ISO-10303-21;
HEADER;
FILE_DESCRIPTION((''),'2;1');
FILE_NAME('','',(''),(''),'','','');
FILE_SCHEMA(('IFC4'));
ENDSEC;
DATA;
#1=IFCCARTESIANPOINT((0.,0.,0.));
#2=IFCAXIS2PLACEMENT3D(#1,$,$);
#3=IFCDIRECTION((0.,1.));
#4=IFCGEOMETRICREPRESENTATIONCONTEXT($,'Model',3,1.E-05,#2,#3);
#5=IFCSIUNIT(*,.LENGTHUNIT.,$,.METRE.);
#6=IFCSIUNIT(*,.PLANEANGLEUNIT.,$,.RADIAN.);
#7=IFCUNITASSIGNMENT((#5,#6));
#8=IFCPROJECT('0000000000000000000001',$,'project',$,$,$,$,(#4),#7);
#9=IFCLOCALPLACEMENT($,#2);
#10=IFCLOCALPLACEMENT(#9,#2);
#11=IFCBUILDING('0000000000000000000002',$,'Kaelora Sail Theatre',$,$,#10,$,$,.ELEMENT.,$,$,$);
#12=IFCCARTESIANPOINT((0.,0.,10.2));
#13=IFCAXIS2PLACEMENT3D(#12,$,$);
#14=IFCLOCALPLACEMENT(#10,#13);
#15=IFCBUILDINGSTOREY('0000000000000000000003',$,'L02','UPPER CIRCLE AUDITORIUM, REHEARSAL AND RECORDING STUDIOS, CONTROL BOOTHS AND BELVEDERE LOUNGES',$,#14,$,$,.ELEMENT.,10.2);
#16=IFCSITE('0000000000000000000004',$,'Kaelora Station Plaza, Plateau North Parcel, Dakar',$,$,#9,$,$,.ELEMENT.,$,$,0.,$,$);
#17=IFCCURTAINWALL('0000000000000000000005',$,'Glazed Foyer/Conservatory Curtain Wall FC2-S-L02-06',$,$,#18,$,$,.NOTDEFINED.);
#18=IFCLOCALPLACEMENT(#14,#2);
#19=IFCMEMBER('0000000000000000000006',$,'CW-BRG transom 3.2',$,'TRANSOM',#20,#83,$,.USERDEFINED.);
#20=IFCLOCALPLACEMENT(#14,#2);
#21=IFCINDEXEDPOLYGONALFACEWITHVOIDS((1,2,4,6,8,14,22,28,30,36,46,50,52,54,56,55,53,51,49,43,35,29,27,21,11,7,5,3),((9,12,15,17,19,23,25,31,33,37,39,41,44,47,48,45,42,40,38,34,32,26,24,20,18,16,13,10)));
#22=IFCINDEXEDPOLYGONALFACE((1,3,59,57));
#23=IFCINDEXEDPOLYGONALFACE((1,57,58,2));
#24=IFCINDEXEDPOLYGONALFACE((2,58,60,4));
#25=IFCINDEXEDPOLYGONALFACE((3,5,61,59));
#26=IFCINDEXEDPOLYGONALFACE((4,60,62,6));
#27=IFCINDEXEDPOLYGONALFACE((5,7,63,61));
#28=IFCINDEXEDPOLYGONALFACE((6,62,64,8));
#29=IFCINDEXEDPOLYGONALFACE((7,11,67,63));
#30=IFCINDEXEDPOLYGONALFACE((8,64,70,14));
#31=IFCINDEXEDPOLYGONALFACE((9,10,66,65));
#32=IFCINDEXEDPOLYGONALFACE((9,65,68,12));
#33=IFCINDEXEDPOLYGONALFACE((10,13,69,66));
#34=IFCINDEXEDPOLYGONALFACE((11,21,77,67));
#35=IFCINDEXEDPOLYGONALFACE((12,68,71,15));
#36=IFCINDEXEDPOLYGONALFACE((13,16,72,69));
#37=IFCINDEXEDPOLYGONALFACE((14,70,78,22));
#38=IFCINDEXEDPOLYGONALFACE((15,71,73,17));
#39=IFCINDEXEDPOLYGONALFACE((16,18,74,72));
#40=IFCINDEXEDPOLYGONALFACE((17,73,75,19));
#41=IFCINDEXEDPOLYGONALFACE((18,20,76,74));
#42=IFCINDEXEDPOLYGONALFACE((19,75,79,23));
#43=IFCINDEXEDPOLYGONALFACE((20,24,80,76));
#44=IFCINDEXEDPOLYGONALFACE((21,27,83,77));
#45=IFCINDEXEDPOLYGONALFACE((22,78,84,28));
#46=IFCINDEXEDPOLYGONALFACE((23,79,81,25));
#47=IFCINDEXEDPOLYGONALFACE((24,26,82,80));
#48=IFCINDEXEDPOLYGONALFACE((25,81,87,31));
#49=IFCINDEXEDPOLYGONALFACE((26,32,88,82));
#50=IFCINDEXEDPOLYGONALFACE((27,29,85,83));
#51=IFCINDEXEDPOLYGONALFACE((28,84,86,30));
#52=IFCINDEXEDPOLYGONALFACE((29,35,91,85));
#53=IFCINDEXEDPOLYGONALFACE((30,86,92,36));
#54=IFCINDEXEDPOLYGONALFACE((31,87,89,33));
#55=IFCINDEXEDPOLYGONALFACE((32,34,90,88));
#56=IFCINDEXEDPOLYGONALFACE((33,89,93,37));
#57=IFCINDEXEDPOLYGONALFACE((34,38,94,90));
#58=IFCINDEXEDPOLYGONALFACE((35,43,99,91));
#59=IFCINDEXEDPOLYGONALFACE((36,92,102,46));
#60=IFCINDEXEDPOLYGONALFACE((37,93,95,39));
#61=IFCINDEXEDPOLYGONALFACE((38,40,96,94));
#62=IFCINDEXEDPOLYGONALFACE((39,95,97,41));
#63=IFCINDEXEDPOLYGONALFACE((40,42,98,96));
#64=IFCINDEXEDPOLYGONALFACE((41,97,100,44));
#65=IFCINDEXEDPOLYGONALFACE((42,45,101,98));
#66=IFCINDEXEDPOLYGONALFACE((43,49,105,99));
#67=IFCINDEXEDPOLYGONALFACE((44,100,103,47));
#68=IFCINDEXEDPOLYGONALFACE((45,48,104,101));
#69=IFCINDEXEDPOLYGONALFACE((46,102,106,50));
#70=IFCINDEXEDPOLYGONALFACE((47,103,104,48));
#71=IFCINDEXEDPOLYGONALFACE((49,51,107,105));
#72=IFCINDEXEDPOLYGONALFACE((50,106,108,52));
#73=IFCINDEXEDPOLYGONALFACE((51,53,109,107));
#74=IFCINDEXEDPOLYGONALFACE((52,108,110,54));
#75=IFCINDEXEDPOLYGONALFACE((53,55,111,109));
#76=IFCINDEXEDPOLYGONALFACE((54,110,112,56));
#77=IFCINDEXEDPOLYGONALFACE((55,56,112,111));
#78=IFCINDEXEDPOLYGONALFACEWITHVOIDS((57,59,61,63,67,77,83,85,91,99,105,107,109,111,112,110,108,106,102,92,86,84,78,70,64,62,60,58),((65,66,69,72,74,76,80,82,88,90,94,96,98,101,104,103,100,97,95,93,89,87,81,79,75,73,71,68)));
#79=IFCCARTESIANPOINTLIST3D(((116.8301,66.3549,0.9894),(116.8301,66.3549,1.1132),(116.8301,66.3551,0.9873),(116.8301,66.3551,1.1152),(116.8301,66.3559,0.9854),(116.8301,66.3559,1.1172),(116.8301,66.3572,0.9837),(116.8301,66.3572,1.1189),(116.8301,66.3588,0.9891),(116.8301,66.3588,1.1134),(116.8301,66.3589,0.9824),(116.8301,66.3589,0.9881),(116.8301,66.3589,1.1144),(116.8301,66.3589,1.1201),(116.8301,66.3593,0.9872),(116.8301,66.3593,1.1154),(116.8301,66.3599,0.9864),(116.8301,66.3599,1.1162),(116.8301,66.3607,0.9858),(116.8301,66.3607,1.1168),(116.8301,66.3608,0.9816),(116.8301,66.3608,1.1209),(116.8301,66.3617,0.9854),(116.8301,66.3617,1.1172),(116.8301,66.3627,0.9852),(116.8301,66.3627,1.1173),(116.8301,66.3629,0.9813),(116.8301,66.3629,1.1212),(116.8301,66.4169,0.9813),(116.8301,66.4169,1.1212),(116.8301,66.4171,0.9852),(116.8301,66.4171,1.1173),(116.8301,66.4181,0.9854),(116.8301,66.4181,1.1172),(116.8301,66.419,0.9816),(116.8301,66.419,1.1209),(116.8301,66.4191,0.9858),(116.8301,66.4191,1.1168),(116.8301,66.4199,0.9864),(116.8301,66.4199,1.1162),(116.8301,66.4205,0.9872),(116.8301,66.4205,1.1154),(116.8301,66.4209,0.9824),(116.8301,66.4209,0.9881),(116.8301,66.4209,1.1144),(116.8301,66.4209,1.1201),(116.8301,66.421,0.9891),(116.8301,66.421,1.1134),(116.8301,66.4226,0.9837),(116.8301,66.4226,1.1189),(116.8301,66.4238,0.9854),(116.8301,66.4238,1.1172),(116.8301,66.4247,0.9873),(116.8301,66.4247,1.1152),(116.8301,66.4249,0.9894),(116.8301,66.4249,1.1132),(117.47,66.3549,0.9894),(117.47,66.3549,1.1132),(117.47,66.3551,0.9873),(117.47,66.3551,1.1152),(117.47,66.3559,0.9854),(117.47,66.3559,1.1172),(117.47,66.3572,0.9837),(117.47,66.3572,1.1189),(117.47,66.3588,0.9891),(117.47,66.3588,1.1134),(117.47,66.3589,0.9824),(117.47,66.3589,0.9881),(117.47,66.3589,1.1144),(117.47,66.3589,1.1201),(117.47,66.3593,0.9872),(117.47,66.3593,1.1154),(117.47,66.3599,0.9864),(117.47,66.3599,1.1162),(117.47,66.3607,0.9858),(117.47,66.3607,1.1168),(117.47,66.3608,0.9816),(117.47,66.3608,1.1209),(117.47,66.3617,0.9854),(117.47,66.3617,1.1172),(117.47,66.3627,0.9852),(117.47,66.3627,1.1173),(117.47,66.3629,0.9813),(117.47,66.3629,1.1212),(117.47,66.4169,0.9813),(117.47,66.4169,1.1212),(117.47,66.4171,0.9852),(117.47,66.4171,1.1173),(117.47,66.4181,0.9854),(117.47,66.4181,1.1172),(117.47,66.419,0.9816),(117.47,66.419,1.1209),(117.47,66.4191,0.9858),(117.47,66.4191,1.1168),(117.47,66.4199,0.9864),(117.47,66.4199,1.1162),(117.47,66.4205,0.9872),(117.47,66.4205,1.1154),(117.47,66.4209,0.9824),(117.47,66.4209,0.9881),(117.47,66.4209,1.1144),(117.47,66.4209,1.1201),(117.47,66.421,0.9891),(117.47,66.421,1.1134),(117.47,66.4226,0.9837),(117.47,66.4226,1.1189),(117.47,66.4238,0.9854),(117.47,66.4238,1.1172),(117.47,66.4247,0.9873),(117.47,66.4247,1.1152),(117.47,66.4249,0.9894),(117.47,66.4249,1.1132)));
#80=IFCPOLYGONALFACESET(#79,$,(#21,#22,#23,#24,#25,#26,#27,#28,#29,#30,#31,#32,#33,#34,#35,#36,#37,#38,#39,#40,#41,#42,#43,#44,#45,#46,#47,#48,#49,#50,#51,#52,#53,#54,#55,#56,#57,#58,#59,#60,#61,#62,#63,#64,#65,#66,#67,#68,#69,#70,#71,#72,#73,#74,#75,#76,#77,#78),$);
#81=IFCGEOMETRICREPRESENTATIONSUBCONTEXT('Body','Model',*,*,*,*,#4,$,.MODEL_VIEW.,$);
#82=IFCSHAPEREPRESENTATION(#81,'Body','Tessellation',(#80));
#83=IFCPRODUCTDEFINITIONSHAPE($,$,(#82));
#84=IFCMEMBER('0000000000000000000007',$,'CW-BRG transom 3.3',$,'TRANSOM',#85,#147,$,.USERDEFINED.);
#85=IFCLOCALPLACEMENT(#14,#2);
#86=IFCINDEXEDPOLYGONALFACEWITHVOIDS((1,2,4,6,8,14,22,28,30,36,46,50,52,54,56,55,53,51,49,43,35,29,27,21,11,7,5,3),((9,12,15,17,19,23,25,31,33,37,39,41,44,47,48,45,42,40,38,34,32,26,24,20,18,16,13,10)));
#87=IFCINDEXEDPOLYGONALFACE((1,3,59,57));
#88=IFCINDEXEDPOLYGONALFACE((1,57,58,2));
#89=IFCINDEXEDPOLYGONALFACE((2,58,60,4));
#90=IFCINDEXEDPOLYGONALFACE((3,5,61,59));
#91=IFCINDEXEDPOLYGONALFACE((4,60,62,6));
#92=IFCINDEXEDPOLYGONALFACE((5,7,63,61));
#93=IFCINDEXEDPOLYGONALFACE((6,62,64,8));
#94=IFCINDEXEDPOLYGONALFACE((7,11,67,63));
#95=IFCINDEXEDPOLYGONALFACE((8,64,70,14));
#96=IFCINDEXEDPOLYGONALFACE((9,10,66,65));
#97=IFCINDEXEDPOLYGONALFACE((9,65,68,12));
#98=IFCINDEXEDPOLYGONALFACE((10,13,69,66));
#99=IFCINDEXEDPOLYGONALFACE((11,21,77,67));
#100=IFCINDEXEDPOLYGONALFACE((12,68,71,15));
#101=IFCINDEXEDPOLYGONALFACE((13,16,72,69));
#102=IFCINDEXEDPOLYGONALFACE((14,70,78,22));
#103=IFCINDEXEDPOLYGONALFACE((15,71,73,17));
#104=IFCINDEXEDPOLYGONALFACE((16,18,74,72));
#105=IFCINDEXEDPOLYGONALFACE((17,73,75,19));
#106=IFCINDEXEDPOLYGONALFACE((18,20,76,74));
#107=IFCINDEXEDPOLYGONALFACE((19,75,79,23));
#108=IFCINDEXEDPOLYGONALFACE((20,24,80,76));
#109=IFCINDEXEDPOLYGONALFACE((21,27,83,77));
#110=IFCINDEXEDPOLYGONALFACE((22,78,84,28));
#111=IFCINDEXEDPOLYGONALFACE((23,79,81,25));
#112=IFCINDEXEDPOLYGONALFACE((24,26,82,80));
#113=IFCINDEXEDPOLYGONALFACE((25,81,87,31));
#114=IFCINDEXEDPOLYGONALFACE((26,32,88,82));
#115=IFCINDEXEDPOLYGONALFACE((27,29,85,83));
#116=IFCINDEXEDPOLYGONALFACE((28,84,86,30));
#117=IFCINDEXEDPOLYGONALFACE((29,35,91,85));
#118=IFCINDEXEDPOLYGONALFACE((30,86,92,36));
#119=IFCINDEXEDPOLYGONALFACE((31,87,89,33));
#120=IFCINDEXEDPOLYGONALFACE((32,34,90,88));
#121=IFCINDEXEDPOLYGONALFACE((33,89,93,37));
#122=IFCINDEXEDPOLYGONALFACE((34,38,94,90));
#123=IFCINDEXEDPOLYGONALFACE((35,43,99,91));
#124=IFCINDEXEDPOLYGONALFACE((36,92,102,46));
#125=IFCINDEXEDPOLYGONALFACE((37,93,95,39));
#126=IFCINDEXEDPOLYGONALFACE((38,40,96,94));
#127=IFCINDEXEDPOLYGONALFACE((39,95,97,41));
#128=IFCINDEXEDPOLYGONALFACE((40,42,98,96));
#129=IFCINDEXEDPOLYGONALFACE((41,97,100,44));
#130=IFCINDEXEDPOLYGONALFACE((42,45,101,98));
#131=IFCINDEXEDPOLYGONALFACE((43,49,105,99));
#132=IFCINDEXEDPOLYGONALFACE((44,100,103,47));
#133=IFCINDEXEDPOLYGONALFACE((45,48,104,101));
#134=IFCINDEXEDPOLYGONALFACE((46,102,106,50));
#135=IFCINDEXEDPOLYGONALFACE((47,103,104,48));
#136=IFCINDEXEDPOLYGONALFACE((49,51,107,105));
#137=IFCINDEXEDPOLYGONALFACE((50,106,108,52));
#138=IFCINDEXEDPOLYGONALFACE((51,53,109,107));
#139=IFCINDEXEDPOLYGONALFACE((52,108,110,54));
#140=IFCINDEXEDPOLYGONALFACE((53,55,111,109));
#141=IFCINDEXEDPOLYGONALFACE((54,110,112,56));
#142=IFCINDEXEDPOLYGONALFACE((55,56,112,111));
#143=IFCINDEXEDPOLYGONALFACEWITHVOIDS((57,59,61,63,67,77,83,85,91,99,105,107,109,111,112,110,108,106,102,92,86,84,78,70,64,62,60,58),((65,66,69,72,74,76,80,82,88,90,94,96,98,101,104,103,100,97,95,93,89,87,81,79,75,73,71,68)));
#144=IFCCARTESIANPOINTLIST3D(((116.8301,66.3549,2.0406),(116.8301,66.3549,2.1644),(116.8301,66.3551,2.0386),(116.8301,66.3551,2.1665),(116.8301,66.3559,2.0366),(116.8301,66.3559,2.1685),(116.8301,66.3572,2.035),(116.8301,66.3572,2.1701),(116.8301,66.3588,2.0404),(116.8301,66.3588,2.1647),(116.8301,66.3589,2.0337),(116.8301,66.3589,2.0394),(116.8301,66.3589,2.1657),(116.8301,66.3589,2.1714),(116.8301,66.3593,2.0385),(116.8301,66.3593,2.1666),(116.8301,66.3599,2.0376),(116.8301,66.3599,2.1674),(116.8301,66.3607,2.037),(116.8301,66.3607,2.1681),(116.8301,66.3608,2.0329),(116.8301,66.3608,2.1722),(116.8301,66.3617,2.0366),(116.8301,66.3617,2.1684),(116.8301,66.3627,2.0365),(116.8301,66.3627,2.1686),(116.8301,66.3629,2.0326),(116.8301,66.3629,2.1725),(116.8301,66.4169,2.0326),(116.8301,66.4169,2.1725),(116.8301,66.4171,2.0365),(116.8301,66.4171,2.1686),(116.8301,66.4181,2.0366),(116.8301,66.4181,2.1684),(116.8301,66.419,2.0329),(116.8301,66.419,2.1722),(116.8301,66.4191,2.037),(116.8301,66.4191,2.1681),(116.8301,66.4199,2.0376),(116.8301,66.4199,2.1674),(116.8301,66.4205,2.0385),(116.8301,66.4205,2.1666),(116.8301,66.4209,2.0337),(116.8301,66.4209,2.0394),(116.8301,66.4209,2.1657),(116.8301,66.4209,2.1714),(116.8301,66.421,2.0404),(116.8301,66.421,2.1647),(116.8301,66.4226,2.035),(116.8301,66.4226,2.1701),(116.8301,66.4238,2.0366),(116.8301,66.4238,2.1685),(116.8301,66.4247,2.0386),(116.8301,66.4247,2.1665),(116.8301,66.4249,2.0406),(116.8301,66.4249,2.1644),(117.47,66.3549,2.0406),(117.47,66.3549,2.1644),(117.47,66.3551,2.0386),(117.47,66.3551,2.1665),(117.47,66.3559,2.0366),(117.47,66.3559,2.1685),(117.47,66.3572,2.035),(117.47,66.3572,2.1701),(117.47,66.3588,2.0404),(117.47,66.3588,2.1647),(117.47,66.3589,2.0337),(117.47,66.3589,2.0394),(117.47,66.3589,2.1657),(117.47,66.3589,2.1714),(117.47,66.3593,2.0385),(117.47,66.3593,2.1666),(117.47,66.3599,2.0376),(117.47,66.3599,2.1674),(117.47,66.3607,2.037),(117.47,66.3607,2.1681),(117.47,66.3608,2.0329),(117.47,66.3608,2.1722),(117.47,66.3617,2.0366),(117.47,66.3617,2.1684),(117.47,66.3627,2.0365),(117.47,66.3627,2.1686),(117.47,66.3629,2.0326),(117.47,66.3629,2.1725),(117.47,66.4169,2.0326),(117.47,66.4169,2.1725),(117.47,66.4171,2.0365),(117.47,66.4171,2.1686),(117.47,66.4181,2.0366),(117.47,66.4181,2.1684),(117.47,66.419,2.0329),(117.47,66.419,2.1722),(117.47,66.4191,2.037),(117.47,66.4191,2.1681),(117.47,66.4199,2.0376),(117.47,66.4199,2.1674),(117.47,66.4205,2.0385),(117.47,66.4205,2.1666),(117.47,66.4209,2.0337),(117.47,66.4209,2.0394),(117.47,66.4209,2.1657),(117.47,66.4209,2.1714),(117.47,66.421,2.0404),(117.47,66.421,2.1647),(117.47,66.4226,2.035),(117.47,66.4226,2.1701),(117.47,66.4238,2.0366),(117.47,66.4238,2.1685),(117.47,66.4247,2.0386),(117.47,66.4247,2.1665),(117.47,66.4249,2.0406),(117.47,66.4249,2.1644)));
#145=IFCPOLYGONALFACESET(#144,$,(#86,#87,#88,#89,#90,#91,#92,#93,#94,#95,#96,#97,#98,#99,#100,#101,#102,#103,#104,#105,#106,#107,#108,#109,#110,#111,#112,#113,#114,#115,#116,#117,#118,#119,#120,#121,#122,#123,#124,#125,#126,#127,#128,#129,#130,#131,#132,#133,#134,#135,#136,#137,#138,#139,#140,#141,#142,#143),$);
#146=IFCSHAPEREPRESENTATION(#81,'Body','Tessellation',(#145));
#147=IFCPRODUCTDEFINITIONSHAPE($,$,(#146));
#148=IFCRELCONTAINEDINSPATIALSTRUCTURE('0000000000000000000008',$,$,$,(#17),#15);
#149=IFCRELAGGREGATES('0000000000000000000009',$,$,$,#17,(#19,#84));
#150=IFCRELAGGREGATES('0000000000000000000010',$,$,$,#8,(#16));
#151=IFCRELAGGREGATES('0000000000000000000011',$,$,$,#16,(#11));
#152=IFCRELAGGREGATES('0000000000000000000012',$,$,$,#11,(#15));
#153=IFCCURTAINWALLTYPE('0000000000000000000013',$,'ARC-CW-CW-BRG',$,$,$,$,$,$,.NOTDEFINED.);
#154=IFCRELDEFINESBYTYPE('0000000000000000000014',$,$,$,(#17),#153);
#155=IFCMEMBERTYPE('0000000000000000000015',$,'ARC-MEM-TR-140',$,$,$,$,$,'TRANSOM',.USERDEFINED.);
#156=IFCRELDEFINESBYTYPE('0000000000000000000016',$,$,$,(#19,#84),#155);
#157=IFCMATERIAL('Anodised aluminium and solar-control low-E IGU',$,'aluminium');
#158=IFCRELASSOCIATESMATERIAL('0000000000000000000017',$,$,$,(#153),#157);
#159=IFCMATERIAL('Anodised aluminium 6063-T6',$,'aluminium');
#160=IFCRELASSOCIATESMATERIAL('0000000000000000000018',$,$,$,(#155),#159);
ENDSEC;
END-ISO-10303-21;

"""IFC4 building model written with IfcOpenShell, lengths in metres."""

from ifc_helpers import new_model, si_unit, direction, frame, origin, origin_2d, place, context, subcontext, project, spatial, hollow_rectangle, extrude, material, material_profile, profile_set, type_object, element, aggregate, save


model = new_model("IFC4")

# Units and contexts
model_context = context("Model", 3, precision=1e-05, world=origin(), true_north=direction((0.0, 1.0)))
body_context = subcontext(model_context, "Body", "Model", "MODEL_VIEW")
ifc_project = project(units=[si_unit("LENGTHUNIT", "METRE"), si_unit("PLANEANGLEUNIT", "RADIAN")], contexts=[model_context])

# Site, building, storey
site_placement = place(None, origin())
site = spatial("IfcSite", under=ifc_project, at=site_placement, Name="Kaelora Station Plaza, Plateau North Parcel, Dakar", CompositionType="ELEMENT", RefElevation=0.0)
building_placement = place(site_placement, origin())
building = spatial("IfcBuilding", under=site, at=building_placement, Name="Kaelora Sail Theatre", CompositionType="ELEMENT")
storey_placement = place(building_placement, frame((0.0, 0.0, 10.2)))
storey = spatial("IfcBuildingStorey", under=building, at=storey_placement, Name="L02", Description="UPPER CIRCLE AUDITORIUM, REHEARSAL AND RECORDING STUDIOS, CONTROL BOOTHS AND BELVEDERE LOUNGES", CompositionType="ELEMENT", Elevation=10.2)

# Curtain wall, members
ifc_material_1 = material(Name="Anodised aluminium and solar-control low-E IGU", Category="aluminium")
curtain_wall_type = type_object("IfcCurtainWallType", Name="ARC-CW-CW-BRG", PredefinedType="NOTDEFINED", material=ifc_material_1)
curtain_wall_placement = place(storey_placement, origin())
curtain_wall = element("IfcCurtainWall", 1, at=curtain_wall_placement, inside=storey, type_object=curtain_wall_type, Name="Glazed Foyer/Conservatory Curtain Wall FC2-S-L02-06", PredefinedType="NOTDEFINED")
ifc_material_2 = material(Name="Anodised aluminium 6063-T6", Category="aluminium")
ifc_material_profile_1 = material_profile(ifc_material_2, hollow_rectangle(XDim=0.0701, YDim=0.1399, WallThickness=0.0039, InnerFilletRadius=0.0039, OuterFilletRadius=0.0081, at=origin_2d()), Name="ALU-TRAN 70x140x4")
ifc_profile_set_1 = profile_set([ifc_material_profile_1], Name="Anodised aluminium 6063-T6")
member_type_1 = type_object("IfcMemberType", Name="ARC-MEM-TR-140", ElementType="TRANSOM", PredefinedType="USERDEFINED", material=ifc_profile_set_1)
member_1_placement = place(storey_placement, frame((116.8301, 66.3899, 1.0513), z_axis=(1.0, 0.0, 0.0), x_axis=(0.0, 1.0, 0.0)))
member_1 = element("IfcMember", 2, at=member_1_placement, type_object=member_type_1, Name="CW-BRG transom 3.2", ObjectType="TRANSOM", PredefinedType="USERDEFINED", context=body_context, shape_type="SweptSolid", body=[
    extrude(hollow_rectangle(XDim=0.0701, YDim=0.1399, WallThickness=0.0039, InnerFilletRadius=0.0039, OuterFilletRadius=0.0081, at=origin_2d()), origin(), (0.0, 0.0, 1.0), 0.6399),
])
member_2_placement = place(storey_placement, frame((116.8301, 66.3899, 2.1025), z_axis=(1.0, 0.0, 0.0), x_axis=(0.0, 1.0, 0.0)))
member_2 = element("IfcMember", 3, at=member_2_placement, type_object=member_type_1, Name="CW-BRG transom 3.3", ObjectType="TRANSOM", PredefinedType="USERDEFINED", context=body_context, shape_type="SweptSolid", body=[
    extrude(hollow_rectangle(XDim=0.0701, YDim=0.1399, WallThickness=0.0039, InnerFilletRadius=0.0039, OuterFilletRadius=0.0081, at=origin_2d()), origin(), (0.0, 0.0, 1.0), 0.6399),
])

aggregate(curtain_wall, [member_1, member_2])

save(model, "model.ifc")
